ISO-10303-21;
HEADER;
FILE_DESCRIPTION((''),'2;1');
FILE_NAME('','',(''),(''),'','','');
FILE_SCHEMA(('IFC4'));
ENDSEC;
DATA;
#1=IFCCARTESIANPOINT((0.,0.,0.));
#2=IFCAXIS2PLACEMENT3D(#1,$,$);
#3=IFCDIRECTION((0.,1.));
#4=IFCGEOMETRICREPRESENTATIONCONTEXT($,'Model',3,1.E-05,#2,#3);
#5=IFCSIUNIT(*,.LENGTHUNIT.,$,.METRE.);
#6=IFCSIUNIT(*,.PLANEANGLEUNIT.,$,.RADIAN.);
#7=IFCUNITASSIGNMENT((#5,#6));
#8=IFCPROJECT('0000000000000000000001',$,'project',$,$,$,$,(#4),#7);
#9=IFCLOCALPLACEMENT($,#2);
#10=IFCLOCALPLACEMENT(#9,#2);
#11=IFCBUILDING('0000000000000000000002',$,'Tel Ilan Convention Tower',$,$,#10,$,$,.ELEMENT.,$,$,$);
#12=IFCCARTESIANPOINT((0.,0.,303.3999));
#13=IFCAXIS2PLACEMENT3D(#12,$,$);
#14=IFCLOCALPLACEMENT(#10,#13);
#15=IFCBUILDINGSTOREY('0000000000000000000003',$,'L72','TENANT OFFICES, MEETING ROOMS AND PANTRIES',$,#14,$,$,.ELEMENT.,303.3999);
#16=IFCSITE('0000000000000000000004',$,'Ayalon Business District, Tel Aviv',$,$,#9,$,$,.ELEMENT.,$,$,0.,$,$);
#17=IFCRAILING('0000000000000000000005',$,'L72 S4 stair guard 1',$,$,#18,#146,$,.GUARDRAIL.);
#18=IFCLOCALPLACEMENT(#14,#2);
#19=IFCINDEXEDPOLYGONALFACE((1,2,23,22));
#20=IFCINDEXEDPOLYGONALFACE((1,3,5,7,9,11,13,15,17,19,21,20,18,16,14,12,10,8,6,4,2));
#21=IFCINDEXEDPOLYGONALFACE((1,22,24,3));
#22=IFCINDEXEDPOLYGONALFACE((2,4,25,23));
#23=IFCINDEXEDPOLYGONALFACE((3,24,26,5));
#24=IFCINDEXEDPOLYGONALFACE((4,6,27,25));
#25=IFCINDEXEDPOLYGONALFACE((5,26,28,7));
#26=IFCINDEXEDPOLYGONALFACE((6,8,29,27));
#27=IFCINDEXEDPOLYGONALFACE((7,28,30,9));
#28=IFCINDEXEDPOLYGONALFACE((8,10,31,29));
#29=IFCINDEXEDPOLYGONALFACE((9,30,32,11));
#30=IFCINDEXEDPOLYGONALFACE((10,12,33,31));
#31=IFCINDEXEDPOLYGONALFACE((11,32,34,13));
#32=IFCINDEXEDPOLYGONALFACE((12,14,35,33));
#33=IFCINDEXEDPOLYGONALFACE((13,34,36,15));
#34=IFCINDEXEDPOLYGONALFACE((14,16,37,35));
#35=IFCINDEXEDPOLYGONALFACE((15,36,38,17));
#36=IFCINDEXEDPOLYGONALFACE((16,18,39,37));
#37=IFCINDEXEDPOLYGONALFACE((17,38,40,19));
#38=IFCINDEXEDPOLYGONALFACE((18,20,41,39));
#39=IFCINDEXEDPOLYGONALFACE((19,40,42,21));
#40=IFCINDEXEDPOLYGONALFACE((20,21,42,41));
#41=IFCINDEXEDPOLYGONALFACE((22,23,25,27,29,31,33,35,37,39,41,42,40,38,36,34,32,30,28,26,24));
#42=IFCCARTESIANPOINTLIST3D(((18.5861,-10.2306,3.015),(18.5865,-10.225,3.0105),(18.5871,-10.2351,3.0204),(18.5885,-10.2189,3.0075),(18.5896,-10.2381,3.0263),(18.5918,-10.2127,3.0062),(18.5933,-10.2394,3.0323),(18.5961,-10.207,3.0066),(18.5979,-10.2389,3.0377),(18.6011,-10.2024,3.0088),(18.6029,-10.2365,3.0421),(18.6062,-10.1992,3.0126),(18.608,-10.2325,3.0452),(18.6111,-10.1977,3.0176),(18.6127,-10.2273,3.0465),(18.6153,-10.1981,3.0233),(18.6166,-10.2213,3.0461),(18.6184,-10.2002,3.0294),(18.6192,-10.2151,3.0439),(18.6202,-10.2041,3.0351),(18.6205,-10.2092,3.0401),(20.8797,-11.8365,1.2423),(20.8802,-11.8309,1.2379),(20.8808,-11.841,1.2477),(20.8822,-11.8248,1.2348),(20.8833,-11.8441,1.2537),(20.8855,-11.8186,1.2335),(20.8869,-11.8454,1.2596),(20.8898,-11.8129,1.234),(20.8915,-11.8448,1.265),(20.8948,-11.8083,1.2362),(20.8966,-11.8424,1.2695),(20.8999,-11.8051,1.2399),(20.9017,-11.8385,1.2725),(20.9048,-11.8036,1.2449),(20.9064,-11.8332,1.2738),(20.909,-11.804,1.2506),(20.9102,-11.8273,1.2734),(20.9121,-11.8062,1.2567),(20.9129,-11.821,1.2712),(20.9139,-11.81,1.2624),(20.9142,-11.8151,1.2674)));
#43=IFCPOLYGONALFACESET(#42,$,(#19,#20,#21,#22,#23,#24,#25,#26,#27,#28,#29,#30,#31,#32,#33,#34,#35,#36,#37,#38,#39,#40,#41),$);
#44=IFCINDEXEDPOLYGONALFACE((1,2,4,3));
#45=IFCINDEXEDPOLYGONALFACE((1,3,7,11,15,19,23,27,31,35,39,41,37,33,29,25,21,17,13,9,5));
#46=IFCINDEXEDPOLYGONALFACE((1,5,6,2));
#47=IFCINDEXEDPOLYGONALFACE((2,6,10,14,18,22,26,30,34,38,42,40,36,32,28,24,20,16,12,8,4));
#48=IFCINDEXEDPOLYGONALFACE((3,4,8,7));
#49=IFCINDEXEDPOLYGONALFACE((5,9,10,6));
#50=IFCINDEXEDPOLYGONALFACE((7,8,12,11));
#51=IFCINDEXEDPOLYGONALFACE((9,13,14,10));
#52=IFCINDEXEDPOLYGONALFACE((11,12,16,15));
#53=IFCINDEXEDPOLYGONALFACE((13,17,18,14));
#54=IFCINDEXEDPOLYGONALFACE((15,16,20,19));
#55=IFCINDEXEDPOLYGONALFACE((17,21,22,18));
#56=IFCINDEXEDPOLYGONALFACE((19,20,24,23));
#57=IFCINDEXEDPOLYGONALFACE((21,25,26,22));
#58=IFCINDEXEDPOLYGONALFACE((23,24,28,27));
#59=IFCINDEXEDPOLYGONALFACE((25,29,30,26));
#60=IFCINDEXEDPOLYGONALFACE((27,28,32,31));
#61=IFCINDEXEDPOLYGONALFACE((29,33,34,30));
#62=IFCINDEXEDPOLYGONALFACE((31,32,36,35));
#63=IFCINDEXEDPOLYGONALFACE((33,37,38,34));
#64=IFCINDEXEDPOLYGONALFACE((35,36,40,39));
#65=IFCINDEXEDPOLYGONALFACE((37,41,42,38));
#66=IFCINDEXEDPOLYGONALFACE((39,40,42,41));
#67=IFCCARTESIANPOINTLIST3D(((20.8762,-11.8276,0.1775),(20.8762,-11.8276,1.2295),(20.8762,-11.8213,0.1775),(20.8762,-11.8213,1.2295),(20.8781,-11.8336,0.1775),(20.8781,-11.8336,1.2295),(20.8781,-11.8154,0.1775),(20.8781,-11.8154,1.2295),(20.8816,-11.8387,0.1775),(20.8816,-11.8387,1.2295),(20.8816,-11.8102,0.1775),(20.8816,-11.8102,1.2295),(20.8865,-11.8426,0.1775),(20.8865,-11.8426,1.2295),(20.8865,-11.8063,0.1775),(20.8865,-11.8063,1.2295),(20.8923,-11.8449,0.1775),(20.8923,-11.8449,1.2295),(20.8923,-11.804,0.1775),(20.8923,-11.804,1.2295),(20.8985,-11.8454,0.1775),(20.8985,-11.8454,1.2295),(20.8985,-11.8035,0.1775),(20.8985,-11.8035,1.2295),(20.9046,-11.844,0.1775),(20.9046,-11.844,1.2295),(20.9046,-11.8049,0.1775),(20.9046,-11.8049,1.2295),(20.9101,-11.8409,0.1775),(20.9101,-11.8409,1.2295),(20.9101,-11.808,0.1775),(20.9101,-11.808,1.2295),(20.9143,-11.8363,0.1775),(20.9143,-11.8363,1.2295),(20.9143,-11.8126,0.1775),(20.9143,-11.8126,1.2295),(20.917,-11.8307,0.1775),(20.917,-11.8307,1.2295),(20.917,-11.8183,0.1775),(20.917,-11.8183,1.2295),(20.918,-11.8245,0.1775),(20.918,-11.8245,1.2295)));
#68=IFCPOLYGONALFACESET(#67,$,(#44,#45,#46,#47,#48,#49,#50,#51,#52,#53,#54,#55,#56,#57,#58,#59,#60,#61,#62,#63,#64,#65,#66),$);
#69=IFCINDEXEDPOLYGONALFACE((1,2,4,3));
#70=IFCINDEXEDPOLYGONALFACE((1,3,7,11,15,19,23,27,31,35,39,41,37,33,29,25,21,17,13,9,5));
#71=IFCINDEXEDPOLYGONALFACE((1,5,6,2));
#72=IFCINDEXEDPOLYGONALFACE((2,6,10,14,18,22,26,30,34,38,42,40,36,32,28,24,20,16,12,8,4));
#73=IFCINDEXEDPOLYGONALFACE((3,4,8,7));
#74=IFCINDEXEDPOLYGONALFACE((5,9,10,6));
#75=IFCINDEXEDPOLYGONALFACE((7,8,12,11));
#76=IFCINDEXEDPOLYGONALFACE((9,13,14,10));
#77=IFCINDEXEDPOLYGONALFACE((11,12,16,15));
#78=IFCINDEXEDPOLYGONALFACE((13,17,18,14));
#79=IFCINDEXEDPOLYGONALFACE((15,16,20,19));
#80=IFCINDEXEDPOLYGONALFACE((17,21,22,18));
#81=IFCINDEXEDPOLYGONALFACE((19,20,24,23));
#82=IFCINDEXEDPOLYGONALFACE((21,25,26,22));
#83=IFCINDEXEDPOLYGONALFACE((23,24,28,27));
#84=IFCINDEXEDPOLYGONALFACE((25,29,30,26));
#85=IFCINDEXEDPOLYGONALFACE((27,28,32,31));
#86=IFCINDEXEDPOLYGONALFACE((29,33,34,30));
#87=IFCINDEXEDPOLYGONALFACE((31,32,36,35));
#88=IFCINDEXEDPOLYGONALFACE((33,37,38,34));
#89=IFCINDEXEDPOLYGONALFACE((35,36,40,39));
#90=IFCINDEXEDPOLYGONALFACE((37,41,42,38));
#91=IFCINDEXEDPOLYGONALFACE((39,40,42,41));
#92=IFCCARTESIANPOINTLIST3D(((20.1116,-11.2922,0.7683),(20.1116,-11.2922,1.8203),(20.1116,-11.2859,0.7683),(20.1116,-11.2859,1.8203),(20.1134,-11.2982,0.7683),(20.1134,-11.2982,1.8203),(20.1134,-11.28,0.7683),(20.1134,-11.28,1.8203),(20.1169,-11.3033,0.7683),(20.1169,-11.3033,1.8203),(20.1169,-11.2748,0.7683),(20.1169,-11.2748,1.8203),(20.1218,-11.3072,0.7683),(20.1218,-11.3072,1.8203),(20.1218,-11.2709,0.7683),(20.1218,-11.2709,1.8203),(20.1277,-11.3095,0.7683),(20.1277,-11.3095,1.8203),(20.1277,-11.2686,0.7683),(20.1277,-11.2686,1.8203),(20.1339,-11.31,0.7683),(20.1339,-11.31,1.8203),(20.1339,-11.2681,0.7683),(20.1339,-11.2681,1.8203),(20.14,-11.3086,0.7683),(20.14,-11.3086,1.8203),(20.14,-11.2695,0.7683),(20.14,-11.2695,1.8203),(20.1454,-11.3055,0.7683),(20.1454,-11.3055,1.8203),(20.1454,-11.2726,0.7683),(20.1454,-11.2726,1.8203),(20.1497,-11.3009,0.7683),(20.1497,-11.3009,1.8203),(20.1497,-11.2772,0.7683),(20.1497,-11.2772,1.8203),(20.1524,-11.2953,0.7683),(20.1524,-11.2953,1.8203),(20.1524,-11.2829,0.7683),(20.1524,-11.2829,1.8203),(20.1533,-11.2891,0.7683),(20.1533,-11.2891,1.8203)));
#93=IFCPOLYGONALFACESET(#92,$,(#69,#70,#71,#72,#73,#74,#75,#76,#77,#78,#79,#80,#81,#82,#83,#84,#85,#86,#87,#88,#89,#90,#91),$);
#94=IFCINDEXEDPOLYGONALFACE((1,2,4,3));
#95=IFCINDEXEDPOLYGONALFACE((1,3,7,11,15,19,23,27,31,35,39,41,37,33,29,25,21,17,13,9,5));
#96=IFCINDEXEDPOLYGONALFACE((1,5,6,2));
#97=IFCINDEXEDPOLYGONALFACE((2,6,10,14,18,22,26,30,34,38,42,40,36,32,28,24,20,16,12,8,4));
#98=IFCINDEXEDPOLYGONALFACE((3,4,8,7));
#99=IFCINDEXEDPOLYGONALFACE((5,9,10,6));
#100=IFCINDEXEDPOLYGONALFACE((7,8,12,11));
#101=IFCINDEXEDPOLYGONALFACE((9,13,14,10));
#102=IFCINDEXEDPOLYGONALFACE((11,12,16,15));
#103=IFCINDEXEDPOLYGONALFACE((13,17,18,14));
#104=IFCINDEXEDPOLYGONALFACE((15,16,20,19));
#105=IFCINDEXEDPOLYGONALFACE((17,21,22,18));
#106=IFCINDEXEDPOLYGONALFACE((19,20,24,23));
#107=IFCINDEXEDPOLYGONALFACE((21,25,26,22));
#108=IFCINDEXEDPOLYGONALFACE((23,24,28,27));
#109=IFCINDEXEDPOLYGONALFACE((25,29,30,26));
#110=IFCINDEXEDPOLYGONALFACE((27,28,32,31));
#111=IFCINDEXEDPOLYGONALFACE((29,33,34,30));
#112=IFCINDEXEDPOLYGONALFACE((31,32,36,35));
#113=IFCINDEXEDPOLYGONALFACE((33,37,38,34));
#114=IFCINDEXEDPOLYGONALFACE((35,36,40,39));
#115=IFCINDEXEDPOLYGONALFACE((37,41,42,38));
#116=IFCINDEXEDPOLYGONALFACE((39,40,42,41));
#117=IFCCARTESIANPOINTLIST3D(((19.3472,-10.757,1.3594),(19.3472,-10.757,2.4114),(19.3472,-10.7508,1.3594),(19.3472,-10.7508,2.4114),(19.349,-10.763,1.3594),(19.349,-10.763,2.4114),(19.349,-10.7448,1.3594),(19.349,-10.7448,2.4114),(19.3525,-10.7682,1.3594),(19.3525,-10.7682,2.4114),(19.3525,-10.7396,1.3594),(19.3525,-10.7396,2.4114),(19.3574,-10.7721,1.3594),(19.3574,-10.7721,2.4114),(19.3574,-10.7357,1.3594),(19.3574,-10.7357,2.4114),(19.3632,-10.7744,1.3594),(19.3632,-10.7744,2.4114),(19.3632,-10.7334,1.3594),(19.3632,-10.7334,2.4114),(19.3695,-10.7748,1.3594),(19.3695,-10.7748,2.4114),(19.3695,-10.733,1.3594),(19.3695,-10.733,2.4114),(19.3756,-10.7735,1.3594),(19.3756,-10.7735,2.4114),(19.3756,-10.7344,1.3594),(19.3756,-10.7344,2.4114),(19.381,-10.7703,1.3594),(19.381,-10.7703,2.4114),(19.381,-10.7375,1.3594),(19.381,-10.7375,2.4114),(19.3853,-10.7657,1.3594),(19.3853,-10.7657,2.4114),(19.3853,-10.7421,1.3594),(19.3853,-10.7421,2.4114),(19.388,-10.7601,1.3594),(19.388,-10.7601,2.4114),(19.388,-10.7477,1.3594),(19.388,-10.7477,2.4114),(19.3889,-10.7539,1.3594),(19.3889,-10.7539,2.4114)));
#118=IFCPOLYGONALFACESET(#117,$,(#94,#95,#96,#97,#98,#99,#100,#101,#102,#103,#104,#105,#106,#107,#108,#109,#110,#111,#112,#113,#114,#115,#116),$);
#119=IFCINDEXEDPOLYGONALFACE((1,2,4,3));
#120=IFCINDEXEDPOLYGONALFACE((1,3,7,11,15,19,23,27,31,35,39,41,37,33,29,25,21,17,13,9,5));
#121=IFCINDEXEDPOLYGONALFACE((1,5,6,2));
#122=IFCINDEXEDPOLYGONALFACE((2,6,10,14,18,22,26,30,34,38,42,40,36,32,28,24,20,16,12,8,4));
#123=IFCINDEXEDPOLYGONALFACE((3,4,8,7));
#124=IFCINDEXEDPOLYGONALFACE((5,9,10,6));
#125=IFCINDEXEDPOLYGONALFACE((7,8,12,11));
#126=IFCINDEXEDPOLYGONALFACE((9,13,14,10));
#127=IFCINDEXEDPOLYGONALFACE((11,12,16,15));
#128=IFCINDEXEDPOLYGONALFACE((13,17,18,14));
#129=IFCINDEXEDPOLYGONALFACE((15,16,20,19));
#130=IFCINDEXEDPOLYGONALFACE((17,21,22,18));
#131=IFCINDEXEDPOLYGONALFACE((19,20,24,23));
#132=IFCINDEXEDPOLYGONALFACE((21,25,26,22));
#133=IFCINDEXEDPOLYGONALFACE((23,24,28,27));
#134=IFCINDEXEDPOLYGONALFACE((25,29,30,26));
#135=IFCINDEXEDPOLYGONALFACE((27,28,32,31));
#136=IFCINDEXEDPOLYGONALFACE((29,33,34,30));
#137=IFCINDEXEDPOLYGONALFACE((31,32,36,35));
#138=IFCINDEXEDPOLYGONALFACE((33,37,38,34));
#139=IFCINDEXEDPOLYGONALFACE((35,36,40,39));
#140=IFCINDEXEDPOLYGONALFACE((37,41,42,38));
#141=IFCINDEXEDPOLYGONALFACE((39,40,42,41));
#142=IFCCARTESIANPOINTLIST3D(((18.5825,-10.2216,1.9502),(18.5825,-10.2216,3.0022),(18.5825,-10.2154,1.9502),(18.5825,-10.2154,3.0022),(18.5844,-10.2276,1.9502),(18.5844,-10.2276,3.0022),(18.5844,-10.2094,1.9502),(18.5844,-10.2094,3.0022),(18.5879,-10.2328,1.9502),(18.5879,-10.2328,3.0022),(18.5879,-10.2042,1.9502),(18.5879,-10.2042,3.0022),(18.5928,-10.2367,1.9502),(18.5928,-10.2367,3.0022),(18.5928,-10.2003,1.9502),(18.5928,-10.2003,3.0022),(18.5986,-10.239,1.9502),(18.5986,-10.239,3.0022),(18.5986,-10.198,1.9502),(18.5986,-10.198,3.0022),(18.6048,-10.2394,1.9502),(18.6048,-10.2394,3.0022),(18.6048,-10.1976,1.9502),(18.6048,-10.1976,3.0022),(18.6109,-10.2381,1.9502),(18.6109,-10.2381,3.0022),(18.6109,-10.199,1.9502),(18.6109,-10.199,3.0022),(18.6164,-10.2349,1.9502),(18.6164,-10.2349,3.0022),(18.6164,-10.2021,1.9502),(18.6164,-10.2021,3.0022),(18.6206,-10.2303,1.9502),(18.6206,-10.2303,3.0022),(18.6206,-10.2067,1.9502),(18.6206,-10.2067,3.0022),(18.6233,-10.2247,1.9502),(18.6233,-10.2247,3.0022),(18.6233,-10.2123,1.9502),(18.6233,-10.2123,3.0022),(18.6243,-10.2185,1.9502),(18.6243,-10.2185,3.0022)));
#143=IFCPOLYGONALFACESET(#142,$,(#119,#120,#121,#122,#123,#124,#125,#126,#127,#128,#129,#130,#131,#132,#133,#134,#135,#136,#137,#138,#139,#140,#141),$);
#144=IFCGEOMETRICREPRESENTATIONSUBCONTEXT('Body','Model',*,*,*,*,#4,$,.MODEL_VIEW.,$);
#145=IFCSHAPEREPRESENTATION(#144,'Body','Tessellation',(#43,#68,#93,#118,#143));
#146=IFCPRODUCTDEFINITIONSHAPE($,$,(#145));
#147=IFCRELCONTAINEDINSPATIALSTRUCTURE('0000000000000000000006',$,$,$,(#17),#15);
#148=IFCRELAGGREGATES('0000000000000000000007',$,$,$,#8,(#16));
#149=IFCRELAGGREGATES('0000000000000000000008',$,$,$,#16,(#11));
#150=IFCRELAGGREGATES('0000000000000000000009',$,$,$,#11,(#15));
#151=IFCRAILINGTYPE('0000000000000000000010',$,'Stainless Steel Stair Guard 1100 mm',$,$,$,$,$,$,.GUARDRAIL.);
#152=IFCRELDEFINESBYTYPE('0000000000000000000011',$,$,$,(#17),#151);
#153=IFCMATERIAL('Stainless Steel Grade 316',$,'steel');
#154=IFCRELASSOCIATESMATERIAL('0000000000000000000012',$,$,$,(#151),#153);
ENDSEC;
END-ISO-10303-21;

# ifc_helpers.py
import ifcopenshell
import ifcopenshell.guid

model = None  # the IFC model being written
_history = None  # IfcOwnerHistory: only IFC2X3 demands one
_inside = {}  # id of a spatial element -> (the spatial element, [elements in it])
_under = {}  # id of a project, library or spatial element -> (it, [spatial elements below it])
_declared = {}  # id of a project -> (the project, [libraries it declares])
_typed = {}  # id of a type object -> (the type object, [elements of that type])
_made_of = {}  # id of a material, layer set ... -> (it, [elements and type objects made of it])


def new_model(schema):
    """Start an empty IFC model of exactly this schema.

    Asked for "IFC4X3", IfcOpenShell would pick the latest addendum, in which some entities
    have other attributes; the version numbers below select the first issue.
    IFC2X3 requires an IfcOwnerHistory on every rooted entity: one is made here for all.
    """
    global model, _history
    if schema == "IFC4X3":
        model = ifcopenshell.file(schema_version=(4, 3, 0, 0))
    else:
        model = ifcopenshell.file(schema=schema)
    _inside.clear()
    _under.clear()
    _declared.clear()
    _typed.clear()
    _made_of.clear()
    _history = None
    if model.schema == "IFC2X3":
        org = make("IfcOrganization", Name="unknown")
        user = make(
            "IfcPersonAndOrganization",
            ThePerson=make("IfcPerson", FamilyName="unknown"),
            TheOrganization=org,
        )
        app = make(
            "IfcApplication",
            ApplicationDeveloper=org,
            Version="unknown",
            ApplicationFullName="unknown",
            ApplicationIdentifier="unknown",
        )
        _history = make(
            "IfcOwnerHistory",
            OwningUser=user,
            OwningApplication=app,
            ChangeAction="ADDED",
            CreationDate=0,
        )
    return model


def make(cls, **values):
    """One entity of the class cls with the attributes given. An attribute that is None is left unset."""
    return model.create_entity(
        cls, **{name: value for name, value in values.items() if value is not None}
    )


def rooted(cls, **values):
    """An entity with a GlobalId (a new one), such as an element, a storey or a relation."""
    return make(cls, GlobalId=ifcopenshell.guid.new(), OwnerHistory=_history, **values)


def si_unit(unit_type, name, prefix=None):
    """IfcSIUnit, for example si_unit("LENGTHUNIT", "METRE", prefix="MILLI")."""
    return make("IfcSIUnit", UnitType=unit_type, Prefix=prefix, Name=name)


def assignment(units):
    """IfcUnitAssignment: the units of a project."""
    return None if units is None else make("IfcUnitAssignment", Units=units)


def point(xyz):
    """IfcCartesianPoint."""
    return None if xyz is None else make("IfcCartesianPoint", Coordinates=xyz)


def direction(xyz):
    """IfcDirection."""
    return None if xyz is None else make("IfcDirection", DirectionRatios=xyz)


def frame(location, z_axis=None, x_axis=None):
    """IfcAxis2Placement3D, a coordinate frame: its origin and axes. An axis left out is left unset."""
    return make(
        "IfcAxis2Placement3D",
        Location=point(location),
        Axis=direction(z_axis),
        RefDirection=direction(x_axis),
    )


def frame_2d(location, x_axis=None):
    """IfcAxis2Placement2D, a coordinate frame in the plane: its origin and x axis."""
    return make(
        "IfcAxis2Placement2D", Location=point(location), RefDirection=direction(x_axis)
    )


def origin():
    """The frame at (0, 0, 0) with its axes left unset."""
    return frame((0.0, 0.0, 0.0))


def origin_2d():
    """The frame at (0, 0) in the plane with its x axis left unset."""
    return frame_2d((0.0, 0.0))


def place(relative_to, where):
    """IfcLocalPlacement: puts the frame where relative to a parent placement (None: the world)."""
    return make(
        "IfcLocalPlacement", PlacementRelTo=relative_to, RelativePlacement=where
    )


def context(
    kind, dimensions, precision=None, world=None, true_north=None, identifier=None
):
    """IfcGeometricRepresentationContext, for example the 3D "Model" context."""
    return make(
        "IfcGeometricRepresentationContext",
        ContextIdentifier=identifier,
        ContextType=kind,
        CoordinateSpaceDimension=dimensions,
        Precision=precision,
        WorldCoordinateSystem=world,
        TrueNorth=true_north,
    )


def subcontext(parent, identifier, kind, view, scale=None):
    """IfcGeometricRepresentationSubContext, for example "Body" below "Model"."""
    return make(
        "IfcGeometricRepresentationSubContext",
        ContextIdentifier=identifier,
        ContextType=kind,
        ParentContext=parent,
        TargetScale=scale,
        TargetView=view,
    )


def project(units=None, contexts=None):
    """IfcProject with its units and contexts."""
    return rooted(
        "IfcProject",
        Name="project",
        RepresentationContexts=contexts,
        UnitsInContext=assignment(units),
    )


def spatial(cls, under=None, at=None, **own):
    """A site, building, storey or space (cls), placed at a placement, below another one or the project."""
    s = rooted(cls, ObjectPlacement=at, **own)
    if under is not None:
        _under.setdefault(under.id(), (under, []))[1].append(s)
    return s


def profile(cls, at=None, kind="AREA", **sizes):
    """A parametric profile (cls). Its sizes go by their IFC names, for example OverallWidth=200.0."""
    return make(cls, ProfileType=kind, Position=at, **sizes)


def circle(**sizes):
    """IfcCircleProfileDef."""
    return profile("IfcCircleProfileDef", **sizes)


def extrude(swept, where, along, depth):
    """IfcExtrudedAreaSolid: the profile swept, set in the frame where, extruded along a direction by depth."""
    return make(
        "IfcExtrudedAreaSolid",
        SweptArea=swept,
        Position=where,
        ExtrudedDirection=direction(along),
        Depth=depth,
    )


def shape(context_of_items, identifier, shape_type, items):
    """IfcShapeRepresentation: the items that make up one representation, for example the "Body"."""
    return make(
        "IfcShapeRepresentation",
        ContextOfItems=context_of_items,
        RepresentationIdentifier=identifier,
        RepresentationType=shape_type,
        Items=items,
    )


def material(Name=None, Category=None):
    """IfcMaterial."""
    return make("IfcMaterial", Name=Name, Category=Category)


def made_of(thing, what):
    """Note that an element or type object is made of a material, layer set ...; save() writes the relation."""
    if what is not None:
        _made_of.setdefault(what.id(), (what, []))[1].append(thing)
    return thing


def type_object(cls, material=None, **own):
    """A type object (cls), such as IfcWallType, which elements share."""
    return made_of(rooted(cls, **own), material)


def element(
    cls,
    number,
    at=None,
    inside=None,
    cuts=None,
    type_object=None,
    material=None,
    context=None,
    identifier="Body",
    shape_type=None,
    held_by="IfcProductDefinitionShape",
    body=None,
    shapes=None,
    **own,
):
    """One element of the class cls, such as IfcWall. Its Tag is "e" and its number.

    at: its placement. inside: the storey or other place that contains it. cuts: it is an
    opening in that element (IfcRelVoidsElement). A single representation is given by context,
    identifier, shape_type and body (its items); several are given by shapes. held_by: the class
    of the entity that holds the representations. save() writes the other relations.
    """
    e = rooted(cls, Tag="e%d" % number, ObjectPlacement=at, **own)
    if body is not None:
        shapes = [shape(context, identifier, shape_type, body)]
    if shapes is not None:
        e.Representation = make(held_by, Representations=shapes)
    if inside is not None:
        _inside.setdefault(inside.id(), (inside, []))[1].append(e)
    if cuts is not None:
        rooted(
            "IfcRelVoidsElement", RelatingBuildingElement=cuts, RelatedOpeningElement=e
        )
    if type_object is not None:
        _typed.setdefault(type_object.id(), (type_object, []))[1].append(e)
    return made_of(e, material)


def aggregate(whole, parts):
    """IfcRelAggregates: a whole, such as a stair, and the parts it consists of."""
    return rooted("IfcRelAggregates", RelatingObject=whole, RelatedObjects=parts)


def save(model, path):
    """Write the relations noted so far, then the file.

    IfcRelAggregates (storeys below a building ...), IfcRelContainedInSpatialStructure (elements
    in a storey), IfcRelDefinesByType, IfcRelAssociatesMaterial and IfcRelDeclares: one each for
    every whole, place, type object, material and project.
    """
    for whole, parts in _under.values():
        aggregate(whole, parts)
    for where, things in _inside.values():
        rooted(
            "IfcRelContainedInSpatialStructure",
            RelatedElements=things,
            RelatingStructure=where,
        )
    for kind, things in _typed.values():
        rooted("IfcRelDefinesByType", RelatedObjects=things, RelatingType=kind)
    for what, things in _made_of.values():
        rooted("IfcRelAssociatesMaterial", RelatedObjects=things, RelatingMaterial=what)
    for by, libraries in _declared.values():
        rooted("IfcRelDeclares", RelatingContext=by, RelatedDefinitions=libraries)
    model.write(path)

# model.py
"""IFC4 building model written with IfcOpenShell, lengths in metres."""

from ifc_helpers import new_model, si_unit, direction, frame, origin, origin_2d, place, context, subcontext, project, spatial, circle, extrude, material, type_object, element, save


model = new_model("IFC4")

# Units and contexts
model_context = context("Model", 3, precision=1e-05, world=origin(), true_north=direction((0.0, 1.0)))
body_context = subcontext(model_context, "Body", "Model", "MODEL_VIEW")
ifc_project = project(units=[si_unit("LENGTHUNIT", "METRE"), si_unit("PLANEANGLEUNIT", "RADIAN")], contexts=[model_context])

# Site, building, storey
site_placement = place(None, origin())
site = spatial("IfcSite", under=ifc_project, at=site_placement, Name="Ayalon Business District, Tel Aviv", CompositionType="ELEMENT", RefElevation=0.0)
building_placement = place(site_placement, origin())
building = spatial("IfcBuilding", under=site, at=building_placement, Name="Tel Ilan Convention Tower", CompositionType="ELEMENT")
storey_placement = place(building_placement, frame((0.0, 0.0, 303.3999)))
storey = spatial("IfcBuildingStorey", under=building, at=storey_placement, Name="L72", Description="TENANT OFFICES, MEETING ROOMS AND PANTRIES", CompositionType="ELEMENT", Elevation=303.3999)

# Railing
ifc_material_1 = material(Name="Stainless Steel Grade 316", Category="steel")
railing_type_1 = type_object("IfcRailingType", Name="Stainless Steel Stair Guard 1100 mm", PredefinedType="GUARDRAIL", material=ifc_material_1)
railing_1_placement = place(storey_placement, frame((20.897, -11.8245, 0.1775)))
element("IfcRailing", 1, at=railing_1_placement, inside=storey, type_object=railing_type_1, Name="L72 S4 stair guard 1", PredefinedType="GUARDRAIL", context=body_context, shape_type="SweptSolid", body=[
    extrude(circle(Radius=0.0239, at=origin_2d()), frame((0.0, 0.0, 1.0762), z_axis=(-0.692123, 0.484597, 0.534913), x_axis=(-0.57355, -0.81917, 0.0)), (0.0, 0.0, 1.0), 3.314),
    extrude(circle(Radius=0.021, at=origin_2d()), origin(), (0.0, 0.0, 1.0), 1.052),
    extrude(circle(Radius=0.021, at=origin_2d()), frame((-0.7646, 0.5354, 0.5908)), (0.0, 0.0, 1.0), 1.052),
    extrude(circle(Radius=0.021, at=origin_2d()), frame((-1.5291, 1.0706, 1.1819)), (0.0, 0.0, 1.0), 1.052),
    extrude(circle(Radius=0.021, at=origin_2d()), frame((-2.2937, 1.606, 1.7727)), (0.0, 0.0, 1.0), 1.052),
])

save(model, "model.ifc")
